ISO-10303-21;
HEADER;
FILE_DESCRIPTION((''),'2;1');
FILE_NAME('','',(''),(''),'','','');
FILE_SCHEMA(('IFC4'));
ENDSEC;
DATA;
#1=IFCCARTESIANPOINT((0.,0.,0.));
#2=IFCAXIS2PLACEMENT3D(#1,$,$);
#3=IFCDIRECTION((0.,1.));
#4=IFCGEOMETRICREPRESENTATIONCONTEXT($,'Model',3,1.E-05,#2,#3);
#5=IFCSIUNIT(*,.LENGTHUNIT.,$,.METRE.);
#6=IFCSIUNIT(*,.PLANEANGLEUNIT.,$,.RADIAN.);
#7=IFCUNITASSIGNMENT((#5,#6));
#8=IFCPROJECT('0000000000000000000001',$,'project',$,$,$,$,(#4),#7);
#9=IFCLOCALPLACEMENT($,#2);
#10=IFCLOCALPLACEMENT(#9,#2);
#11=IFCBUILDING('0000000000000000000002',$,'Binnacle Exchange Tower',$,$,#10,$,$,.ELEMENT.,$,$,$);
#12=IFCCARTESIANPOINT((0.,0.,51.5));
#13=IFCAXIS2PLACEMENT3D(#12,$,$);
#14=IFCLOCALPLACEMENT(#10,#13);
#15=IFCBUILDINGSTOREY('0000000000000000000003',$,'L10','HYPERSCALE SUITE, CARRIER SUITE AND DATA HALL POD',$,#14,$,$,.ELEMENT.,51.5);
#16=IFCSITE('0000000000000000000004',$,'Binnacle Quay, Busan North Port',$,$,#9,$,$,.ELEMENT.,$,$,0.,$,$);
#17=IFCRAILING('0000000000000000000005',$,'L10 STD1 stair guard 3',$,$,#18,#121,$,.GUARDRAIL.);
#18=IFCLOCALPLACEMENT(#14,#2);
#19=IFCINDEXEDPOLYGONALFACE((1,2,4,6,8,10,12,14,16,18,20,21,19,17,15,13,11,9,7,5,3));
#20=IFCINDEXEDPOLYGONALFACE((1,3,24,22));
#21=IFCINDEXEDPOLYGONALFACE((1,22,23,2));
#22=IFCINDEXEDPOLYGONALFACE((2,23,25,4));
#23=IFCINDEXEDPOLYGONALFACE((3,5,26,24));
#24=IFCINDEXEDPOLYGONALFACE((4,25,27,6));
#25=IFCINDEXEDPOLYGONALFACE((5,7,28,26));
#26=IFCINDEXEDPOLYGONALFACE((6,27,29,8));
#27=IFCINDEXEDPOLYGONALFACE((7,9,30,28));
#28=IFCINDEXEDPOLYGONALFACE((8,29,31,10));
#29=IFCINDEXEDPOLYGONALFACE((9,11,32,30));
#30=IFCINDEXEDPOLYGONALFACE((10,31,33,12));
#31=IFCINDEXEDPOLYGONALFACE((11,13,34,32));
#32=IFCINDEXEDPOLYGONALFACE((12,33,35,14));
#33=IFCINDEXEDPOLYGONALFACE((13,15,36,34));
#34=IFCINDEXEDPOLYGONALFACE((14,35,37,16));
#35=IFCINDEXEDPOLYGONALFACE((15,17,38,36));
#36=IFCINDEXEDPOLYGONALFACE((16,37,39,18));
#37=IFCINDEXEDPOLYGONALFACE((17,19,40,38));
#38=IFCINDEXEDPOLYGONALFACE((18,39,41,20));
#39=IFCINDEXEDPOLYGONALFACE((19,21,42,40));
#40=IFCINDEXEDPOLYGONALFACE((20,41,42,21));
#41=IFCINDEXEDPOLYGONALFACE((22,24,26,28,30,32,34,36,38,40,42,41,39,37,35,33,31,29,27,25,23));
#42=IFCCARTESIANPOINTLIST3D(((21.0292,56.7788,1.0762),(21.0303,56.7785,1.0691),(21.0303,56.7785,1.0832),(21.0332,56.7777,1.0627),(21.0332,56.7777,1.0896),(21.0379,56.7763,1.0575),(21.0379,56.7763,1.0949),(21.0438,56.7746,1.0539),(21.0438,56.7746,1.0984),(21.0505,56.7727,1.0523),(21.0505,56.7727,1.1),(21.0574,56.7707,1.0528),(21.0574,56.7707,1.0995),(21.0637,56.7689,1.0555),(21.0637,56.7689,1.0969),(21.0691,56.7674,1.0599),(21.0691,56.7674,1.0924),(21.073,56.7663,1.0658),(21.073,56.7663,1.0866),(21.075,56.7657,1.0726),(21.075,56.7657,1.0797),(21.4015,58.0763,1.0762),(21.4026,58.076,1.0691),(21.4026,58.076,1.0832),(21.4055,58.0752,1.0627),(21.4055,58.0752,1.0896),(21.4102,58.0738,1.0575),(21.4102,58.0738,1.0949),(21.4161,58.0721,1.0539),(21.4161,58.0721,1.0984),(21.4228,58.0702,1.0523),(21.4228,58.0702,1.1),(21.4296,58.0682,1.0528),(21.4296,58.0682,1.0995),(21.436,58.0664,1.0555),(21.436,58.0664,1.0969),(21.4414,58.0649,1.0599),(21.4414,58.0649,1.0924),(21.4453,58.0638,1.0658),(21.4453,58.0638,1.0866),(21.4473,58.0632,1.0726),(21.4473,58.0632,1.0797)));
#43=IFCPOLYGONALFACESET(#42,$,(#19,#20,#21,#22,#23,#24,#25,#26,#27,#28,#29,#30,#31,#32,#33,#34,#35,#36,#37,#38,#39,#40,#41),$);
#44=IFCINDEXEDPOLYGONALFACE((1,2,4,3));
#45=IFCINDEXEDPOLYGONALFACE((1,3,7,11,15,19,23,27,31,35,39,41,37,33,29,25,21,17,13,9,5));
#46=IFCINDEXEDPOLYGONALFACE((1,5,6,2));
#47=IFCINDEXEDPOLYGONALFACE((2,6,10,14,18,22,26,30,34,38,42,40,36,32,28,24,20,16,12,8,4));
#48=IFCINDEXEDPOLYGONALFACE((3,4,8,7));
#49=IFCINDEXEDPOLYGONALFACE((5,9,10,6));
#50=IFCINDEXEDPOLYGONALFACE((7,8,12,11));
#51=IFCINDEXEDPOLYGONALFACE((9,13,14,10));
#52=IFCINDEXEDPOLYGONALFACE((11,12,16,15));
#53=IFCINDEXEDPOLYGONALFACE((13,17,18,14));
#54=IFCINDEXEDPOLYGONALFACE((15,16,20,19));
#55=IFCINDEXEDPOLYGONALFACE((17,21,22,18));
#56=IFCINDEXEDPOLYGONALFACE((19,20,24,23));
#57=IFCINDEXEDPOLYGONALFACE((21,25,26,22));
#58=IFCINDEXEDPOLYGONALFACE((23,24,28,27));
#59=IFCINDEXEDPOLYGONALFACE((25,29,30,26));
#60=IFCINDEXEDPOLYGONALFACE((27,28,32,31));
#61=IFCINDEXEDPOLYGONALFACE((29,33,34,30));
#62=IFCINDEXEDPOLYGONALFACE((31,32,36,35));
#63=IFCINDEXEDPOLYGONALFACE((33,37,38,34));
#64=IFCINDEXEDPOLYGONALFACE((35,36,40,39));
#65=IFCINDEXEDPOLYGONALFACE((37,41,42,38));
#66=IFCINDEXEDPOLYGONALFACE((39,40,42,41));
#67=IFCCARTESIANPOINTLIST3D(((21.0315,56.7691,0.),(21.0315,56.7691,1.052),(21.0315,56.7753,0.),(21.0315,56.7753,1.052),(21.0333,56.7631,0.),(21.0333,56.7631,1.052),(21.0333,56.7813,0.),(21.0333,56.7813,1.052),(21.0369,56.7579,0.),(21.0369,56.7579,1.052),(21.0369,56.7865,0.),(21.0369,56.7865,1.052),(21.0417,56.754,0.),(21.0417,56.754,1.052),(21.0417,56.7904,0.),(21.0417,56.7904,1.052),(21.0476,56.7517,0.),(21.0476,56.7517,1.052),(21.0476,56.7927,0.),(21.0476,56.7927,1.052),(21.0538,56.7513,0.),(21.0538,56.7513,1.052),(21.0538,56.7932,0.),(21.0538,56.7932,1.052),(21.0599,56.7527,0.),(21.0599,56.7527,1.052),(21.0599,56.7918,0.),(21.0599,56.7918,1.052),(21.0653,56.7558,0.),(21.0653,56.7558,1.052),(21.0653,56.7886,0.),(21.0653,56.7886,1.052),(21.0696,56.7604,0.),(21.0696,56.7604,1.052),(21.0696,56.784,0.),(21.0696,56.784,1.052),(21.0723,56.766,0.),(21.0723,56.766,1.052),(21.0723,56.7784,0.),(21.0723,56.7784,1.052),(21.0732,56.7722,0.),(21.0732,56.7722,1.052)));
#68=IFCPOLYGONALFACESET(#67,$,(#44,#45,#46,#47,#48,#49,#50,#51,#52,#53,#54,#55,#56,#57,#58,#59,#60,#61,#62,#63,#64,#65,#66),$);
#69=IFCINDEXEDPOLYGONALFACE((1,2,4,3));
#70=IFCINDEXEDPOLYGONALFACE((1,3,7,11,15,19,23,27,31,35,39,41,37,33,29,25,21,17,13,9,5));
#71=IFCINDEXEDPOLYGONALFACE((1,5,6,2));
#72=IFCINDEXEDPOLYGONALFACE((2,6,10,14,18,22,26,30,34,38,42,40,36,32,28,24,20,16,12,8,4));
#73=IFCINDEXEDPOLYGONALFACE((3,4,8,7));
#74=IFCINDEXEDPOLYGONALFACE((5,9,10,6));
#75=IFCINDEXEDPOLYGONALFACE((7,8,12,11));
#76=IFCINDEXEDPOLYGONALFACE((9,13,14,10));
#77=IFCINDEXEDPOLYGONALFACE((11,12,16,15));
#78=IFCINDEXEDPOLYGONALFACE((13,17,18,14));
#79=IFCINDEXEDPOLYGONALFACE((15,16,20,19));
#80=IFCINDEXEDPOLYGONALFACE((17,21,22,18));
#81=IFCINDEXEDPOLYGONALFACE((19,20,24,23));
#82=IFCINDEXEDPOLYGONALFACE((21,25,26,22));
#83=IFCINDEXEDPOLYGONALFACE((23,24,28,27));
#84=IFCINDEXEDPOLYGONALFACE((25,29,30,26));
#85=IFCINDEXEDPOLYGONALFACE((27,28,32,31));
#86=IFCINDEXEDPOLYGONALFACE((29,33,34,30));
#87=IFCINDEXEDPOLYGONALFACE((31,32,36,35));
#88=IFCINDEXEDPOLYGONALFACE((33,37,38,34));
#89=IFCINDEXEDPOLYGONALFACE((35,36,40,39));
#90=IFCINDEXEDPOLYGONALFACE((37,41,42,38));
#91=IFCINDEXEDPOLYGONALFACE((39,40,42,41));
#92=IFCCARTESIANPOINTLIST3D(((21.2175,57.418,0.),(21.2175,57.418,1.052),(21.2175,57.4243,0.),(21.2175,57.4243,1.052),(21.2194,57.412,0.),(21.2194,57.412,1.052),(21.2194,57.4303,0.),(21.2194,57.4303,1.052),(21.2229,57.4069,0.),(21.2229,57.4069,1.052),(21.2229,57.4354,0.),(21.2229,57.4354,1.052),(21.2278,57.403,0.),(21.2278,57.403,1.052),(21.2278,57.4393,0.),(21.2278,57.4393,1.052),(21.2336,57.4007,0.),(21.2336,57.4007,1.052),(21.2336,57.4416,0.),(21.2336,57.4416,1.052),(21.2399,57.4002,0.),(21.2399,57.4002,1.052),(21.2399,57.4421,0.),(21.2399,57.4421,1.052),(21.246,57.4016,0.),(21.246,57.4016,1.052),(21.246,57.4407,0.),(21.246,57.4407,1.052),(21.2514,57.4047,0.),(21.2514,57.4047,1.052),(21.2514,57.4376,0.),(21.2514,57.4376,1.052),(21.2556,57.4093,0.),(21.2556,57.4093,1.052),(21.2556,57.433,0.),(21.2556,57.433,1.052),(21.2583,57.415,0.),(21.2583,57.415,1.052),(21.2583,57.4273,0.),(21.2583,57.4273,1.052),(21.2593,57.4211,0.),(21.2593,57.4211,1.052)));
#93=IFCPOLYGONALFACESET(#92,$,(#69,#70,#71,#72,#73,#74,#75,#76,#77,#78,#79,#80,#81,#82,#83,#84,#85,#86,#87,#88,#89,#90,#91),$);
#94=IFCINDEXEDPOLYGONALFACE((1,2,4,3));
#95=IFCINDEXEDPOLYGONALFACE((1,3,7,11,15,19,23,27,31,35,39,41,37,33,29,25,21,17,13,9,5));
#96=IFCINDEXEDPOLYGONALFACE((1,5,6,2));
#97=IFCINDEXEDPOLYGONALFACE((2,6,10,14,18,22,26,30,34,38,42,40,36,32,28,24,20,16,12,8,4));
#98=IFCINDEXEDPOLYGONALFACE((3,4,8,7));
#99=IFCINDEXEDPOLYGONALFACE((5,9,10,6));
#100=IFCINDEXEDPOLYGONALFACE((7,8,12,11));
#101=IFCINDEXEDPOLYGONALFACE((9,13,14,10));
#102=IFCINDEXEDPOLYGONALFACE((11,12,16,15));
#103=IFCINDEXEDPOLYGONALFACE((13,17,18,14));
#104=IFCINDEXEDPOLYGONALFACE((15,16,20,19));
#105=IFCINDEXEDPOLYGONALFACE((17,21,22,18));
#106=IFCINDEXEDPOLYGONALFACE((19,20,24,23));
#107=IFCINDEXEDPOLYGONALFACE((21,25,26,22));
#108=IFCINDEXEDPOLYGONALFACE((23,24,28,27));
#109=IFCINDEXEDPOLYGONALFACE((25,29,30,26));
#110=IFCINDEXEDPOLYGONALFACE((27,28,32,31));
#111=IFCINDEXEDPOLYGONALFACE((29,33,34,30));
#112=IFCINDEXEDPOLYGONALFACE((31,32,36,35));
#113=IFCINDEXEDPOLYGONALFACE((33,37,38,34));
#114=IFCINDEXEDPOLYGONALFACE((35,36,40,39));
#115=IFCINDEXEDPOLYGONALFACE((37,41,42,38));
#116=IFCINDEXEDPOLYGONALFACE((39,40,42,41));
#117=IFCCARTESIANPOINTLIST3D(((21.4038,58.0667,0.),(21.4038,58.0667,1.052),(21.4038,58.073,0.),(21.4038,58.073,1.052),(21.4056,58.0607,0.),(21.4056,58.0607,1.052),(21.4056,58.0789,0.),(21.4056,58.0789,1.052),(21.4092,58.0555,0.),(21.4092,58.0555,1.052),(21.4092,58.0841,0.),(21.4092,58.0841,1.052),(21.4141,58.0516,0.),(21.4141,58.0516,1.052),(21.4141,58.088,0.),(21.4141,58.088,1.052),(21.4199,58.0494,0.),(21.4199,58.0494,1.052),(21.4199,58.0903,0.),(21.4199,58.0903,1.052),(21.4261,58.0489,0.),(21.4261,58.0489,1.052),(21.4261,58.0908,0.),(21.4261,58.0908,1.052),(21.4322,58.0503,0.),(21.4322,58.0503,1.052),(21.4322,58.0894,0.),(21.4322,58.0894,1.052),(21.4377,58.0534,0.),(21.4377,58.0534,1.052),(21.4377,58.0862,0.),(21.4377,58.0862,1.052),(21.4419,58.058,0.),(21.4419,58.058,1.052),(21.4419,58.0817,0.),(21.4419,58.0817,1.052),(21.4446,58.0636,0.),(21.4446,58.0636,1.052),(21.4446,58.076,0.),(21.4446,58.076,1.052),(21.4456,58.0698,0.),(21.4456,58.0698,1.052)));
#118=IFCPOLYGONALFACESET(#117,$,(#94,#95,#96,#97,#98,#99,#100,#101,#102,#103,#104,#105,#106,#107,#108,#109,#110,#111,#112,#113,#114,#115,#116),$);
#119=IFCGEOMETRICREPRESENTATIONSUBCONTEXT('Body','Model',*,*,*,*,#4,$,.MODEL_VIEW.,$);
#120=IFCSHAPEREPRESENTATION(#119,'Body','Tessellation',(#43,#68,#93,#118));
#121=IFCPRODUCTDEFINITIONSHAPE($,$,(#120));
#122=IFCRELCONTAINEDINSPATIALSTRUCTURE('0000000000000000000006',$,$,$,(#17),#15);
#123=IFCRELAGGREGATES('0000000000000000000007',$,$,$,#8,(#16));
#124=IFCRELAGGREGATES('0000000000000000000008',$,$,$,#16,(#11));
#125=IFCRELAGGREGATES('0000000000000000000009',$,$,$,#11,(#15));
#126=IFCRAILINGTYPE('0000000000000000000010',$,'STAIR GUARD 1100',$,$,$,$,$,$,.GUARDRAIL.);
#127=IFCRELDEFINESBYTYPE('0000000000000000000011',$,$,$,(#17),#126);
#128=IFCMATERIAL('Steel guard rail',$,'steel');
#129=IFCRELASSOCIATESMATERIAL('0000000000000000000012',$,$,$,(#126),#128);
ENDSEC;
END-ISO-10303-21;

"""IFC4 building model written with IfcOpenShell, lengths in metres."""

from ifc_helpers import new_model, si_unit, direction, frame, origin, origin_2d, place, context, subcontext, project, spatial, circle, extrude, material, type_object, element, save


model = new_model("IFC4")

# Units and contexts
model_context = context("Model", 3, precision=1e-05, world=origin(), true_north=direction((0.0, 1.0)))
body_context = subcontext(model_context, "Body", "Model", "MODEL_VIEW")
ifc_project = project(units=[si_unit("LENGTHUNIT", "METRE"), si_unit("PLANEANGLEUNIT", "RADIAN")], contexts=[model_context])

# Site, building, storey
site_placement = place(None, origin())
site = spatial("IfcSite", under=ifc_project, at=site_placement, Name="Binnacle Quay, Busan North Port", CompositionType="ELEMENT", RefElevation=0.0)
building_placement = place(site_placement, origin())
building = spatial("IfcBuilding", under=site, at=building_placement, Name="Binnacle Exchange Tower", CompositionType="ELEMENT")
storey_placement = place(building_placement, frame((0.0, 0.0, 51.5)))
storey = spatial("IfcBuildingStorey", under=building, at=storey_placement, Name="L10", Description="HYPERSCALE SUITE, CARRIER SUITE AND DATA HALL POD", CompositionType="ELEMENT", Elevation=51.5)

# Railing
ifc_material_1 = material(Name="Steel guard rail", Category="steel")
railing_type_1 = type_object("IfcRailingType", Name="STAIR GUARD 1100", PredefinedType="GUARDRAIL", material=ifc_material_1)
railing_1_placement = place(storey_placement, frame((21.0522, 56.7722, 0.0)))
element("IfcRailing", 1, at=railing_1_placement, inside=storey, type_object=railing_type_1, Name="L10 STD1 stair guard 3", PredefinedType="GUARDRAIL", context=body_context, shape_type="SweptSolid", body=[
    extrude(circle(Radius=0.0239, at=origin_2d()), frame((0.0, 0.0, 1.0762), z_axis=(0.275796, 0.961216, 0.0), x_axis=(-0.961216, 0.275796, 0.0)), (0.0, 0.0, 1.0), 1.3499),
    extrude(circle(Radius=0.021, at=origin_2d()), origin(), (0.0, 0.0, 1.0), 1.052),
    extrude(circle(Radius=0.021, at=origin_2d()), frame((0.186, 0.6489, 0.0)), (0.0, 0.0, 1.0), 1.052),
    extrude(circle(Radius=0.021, at=origin_2d()), frame((0.3723, 1.2976, 0.0)), (0.0, 0.0, 1.0), 1.052),
])

save(model, "model.ifc")
